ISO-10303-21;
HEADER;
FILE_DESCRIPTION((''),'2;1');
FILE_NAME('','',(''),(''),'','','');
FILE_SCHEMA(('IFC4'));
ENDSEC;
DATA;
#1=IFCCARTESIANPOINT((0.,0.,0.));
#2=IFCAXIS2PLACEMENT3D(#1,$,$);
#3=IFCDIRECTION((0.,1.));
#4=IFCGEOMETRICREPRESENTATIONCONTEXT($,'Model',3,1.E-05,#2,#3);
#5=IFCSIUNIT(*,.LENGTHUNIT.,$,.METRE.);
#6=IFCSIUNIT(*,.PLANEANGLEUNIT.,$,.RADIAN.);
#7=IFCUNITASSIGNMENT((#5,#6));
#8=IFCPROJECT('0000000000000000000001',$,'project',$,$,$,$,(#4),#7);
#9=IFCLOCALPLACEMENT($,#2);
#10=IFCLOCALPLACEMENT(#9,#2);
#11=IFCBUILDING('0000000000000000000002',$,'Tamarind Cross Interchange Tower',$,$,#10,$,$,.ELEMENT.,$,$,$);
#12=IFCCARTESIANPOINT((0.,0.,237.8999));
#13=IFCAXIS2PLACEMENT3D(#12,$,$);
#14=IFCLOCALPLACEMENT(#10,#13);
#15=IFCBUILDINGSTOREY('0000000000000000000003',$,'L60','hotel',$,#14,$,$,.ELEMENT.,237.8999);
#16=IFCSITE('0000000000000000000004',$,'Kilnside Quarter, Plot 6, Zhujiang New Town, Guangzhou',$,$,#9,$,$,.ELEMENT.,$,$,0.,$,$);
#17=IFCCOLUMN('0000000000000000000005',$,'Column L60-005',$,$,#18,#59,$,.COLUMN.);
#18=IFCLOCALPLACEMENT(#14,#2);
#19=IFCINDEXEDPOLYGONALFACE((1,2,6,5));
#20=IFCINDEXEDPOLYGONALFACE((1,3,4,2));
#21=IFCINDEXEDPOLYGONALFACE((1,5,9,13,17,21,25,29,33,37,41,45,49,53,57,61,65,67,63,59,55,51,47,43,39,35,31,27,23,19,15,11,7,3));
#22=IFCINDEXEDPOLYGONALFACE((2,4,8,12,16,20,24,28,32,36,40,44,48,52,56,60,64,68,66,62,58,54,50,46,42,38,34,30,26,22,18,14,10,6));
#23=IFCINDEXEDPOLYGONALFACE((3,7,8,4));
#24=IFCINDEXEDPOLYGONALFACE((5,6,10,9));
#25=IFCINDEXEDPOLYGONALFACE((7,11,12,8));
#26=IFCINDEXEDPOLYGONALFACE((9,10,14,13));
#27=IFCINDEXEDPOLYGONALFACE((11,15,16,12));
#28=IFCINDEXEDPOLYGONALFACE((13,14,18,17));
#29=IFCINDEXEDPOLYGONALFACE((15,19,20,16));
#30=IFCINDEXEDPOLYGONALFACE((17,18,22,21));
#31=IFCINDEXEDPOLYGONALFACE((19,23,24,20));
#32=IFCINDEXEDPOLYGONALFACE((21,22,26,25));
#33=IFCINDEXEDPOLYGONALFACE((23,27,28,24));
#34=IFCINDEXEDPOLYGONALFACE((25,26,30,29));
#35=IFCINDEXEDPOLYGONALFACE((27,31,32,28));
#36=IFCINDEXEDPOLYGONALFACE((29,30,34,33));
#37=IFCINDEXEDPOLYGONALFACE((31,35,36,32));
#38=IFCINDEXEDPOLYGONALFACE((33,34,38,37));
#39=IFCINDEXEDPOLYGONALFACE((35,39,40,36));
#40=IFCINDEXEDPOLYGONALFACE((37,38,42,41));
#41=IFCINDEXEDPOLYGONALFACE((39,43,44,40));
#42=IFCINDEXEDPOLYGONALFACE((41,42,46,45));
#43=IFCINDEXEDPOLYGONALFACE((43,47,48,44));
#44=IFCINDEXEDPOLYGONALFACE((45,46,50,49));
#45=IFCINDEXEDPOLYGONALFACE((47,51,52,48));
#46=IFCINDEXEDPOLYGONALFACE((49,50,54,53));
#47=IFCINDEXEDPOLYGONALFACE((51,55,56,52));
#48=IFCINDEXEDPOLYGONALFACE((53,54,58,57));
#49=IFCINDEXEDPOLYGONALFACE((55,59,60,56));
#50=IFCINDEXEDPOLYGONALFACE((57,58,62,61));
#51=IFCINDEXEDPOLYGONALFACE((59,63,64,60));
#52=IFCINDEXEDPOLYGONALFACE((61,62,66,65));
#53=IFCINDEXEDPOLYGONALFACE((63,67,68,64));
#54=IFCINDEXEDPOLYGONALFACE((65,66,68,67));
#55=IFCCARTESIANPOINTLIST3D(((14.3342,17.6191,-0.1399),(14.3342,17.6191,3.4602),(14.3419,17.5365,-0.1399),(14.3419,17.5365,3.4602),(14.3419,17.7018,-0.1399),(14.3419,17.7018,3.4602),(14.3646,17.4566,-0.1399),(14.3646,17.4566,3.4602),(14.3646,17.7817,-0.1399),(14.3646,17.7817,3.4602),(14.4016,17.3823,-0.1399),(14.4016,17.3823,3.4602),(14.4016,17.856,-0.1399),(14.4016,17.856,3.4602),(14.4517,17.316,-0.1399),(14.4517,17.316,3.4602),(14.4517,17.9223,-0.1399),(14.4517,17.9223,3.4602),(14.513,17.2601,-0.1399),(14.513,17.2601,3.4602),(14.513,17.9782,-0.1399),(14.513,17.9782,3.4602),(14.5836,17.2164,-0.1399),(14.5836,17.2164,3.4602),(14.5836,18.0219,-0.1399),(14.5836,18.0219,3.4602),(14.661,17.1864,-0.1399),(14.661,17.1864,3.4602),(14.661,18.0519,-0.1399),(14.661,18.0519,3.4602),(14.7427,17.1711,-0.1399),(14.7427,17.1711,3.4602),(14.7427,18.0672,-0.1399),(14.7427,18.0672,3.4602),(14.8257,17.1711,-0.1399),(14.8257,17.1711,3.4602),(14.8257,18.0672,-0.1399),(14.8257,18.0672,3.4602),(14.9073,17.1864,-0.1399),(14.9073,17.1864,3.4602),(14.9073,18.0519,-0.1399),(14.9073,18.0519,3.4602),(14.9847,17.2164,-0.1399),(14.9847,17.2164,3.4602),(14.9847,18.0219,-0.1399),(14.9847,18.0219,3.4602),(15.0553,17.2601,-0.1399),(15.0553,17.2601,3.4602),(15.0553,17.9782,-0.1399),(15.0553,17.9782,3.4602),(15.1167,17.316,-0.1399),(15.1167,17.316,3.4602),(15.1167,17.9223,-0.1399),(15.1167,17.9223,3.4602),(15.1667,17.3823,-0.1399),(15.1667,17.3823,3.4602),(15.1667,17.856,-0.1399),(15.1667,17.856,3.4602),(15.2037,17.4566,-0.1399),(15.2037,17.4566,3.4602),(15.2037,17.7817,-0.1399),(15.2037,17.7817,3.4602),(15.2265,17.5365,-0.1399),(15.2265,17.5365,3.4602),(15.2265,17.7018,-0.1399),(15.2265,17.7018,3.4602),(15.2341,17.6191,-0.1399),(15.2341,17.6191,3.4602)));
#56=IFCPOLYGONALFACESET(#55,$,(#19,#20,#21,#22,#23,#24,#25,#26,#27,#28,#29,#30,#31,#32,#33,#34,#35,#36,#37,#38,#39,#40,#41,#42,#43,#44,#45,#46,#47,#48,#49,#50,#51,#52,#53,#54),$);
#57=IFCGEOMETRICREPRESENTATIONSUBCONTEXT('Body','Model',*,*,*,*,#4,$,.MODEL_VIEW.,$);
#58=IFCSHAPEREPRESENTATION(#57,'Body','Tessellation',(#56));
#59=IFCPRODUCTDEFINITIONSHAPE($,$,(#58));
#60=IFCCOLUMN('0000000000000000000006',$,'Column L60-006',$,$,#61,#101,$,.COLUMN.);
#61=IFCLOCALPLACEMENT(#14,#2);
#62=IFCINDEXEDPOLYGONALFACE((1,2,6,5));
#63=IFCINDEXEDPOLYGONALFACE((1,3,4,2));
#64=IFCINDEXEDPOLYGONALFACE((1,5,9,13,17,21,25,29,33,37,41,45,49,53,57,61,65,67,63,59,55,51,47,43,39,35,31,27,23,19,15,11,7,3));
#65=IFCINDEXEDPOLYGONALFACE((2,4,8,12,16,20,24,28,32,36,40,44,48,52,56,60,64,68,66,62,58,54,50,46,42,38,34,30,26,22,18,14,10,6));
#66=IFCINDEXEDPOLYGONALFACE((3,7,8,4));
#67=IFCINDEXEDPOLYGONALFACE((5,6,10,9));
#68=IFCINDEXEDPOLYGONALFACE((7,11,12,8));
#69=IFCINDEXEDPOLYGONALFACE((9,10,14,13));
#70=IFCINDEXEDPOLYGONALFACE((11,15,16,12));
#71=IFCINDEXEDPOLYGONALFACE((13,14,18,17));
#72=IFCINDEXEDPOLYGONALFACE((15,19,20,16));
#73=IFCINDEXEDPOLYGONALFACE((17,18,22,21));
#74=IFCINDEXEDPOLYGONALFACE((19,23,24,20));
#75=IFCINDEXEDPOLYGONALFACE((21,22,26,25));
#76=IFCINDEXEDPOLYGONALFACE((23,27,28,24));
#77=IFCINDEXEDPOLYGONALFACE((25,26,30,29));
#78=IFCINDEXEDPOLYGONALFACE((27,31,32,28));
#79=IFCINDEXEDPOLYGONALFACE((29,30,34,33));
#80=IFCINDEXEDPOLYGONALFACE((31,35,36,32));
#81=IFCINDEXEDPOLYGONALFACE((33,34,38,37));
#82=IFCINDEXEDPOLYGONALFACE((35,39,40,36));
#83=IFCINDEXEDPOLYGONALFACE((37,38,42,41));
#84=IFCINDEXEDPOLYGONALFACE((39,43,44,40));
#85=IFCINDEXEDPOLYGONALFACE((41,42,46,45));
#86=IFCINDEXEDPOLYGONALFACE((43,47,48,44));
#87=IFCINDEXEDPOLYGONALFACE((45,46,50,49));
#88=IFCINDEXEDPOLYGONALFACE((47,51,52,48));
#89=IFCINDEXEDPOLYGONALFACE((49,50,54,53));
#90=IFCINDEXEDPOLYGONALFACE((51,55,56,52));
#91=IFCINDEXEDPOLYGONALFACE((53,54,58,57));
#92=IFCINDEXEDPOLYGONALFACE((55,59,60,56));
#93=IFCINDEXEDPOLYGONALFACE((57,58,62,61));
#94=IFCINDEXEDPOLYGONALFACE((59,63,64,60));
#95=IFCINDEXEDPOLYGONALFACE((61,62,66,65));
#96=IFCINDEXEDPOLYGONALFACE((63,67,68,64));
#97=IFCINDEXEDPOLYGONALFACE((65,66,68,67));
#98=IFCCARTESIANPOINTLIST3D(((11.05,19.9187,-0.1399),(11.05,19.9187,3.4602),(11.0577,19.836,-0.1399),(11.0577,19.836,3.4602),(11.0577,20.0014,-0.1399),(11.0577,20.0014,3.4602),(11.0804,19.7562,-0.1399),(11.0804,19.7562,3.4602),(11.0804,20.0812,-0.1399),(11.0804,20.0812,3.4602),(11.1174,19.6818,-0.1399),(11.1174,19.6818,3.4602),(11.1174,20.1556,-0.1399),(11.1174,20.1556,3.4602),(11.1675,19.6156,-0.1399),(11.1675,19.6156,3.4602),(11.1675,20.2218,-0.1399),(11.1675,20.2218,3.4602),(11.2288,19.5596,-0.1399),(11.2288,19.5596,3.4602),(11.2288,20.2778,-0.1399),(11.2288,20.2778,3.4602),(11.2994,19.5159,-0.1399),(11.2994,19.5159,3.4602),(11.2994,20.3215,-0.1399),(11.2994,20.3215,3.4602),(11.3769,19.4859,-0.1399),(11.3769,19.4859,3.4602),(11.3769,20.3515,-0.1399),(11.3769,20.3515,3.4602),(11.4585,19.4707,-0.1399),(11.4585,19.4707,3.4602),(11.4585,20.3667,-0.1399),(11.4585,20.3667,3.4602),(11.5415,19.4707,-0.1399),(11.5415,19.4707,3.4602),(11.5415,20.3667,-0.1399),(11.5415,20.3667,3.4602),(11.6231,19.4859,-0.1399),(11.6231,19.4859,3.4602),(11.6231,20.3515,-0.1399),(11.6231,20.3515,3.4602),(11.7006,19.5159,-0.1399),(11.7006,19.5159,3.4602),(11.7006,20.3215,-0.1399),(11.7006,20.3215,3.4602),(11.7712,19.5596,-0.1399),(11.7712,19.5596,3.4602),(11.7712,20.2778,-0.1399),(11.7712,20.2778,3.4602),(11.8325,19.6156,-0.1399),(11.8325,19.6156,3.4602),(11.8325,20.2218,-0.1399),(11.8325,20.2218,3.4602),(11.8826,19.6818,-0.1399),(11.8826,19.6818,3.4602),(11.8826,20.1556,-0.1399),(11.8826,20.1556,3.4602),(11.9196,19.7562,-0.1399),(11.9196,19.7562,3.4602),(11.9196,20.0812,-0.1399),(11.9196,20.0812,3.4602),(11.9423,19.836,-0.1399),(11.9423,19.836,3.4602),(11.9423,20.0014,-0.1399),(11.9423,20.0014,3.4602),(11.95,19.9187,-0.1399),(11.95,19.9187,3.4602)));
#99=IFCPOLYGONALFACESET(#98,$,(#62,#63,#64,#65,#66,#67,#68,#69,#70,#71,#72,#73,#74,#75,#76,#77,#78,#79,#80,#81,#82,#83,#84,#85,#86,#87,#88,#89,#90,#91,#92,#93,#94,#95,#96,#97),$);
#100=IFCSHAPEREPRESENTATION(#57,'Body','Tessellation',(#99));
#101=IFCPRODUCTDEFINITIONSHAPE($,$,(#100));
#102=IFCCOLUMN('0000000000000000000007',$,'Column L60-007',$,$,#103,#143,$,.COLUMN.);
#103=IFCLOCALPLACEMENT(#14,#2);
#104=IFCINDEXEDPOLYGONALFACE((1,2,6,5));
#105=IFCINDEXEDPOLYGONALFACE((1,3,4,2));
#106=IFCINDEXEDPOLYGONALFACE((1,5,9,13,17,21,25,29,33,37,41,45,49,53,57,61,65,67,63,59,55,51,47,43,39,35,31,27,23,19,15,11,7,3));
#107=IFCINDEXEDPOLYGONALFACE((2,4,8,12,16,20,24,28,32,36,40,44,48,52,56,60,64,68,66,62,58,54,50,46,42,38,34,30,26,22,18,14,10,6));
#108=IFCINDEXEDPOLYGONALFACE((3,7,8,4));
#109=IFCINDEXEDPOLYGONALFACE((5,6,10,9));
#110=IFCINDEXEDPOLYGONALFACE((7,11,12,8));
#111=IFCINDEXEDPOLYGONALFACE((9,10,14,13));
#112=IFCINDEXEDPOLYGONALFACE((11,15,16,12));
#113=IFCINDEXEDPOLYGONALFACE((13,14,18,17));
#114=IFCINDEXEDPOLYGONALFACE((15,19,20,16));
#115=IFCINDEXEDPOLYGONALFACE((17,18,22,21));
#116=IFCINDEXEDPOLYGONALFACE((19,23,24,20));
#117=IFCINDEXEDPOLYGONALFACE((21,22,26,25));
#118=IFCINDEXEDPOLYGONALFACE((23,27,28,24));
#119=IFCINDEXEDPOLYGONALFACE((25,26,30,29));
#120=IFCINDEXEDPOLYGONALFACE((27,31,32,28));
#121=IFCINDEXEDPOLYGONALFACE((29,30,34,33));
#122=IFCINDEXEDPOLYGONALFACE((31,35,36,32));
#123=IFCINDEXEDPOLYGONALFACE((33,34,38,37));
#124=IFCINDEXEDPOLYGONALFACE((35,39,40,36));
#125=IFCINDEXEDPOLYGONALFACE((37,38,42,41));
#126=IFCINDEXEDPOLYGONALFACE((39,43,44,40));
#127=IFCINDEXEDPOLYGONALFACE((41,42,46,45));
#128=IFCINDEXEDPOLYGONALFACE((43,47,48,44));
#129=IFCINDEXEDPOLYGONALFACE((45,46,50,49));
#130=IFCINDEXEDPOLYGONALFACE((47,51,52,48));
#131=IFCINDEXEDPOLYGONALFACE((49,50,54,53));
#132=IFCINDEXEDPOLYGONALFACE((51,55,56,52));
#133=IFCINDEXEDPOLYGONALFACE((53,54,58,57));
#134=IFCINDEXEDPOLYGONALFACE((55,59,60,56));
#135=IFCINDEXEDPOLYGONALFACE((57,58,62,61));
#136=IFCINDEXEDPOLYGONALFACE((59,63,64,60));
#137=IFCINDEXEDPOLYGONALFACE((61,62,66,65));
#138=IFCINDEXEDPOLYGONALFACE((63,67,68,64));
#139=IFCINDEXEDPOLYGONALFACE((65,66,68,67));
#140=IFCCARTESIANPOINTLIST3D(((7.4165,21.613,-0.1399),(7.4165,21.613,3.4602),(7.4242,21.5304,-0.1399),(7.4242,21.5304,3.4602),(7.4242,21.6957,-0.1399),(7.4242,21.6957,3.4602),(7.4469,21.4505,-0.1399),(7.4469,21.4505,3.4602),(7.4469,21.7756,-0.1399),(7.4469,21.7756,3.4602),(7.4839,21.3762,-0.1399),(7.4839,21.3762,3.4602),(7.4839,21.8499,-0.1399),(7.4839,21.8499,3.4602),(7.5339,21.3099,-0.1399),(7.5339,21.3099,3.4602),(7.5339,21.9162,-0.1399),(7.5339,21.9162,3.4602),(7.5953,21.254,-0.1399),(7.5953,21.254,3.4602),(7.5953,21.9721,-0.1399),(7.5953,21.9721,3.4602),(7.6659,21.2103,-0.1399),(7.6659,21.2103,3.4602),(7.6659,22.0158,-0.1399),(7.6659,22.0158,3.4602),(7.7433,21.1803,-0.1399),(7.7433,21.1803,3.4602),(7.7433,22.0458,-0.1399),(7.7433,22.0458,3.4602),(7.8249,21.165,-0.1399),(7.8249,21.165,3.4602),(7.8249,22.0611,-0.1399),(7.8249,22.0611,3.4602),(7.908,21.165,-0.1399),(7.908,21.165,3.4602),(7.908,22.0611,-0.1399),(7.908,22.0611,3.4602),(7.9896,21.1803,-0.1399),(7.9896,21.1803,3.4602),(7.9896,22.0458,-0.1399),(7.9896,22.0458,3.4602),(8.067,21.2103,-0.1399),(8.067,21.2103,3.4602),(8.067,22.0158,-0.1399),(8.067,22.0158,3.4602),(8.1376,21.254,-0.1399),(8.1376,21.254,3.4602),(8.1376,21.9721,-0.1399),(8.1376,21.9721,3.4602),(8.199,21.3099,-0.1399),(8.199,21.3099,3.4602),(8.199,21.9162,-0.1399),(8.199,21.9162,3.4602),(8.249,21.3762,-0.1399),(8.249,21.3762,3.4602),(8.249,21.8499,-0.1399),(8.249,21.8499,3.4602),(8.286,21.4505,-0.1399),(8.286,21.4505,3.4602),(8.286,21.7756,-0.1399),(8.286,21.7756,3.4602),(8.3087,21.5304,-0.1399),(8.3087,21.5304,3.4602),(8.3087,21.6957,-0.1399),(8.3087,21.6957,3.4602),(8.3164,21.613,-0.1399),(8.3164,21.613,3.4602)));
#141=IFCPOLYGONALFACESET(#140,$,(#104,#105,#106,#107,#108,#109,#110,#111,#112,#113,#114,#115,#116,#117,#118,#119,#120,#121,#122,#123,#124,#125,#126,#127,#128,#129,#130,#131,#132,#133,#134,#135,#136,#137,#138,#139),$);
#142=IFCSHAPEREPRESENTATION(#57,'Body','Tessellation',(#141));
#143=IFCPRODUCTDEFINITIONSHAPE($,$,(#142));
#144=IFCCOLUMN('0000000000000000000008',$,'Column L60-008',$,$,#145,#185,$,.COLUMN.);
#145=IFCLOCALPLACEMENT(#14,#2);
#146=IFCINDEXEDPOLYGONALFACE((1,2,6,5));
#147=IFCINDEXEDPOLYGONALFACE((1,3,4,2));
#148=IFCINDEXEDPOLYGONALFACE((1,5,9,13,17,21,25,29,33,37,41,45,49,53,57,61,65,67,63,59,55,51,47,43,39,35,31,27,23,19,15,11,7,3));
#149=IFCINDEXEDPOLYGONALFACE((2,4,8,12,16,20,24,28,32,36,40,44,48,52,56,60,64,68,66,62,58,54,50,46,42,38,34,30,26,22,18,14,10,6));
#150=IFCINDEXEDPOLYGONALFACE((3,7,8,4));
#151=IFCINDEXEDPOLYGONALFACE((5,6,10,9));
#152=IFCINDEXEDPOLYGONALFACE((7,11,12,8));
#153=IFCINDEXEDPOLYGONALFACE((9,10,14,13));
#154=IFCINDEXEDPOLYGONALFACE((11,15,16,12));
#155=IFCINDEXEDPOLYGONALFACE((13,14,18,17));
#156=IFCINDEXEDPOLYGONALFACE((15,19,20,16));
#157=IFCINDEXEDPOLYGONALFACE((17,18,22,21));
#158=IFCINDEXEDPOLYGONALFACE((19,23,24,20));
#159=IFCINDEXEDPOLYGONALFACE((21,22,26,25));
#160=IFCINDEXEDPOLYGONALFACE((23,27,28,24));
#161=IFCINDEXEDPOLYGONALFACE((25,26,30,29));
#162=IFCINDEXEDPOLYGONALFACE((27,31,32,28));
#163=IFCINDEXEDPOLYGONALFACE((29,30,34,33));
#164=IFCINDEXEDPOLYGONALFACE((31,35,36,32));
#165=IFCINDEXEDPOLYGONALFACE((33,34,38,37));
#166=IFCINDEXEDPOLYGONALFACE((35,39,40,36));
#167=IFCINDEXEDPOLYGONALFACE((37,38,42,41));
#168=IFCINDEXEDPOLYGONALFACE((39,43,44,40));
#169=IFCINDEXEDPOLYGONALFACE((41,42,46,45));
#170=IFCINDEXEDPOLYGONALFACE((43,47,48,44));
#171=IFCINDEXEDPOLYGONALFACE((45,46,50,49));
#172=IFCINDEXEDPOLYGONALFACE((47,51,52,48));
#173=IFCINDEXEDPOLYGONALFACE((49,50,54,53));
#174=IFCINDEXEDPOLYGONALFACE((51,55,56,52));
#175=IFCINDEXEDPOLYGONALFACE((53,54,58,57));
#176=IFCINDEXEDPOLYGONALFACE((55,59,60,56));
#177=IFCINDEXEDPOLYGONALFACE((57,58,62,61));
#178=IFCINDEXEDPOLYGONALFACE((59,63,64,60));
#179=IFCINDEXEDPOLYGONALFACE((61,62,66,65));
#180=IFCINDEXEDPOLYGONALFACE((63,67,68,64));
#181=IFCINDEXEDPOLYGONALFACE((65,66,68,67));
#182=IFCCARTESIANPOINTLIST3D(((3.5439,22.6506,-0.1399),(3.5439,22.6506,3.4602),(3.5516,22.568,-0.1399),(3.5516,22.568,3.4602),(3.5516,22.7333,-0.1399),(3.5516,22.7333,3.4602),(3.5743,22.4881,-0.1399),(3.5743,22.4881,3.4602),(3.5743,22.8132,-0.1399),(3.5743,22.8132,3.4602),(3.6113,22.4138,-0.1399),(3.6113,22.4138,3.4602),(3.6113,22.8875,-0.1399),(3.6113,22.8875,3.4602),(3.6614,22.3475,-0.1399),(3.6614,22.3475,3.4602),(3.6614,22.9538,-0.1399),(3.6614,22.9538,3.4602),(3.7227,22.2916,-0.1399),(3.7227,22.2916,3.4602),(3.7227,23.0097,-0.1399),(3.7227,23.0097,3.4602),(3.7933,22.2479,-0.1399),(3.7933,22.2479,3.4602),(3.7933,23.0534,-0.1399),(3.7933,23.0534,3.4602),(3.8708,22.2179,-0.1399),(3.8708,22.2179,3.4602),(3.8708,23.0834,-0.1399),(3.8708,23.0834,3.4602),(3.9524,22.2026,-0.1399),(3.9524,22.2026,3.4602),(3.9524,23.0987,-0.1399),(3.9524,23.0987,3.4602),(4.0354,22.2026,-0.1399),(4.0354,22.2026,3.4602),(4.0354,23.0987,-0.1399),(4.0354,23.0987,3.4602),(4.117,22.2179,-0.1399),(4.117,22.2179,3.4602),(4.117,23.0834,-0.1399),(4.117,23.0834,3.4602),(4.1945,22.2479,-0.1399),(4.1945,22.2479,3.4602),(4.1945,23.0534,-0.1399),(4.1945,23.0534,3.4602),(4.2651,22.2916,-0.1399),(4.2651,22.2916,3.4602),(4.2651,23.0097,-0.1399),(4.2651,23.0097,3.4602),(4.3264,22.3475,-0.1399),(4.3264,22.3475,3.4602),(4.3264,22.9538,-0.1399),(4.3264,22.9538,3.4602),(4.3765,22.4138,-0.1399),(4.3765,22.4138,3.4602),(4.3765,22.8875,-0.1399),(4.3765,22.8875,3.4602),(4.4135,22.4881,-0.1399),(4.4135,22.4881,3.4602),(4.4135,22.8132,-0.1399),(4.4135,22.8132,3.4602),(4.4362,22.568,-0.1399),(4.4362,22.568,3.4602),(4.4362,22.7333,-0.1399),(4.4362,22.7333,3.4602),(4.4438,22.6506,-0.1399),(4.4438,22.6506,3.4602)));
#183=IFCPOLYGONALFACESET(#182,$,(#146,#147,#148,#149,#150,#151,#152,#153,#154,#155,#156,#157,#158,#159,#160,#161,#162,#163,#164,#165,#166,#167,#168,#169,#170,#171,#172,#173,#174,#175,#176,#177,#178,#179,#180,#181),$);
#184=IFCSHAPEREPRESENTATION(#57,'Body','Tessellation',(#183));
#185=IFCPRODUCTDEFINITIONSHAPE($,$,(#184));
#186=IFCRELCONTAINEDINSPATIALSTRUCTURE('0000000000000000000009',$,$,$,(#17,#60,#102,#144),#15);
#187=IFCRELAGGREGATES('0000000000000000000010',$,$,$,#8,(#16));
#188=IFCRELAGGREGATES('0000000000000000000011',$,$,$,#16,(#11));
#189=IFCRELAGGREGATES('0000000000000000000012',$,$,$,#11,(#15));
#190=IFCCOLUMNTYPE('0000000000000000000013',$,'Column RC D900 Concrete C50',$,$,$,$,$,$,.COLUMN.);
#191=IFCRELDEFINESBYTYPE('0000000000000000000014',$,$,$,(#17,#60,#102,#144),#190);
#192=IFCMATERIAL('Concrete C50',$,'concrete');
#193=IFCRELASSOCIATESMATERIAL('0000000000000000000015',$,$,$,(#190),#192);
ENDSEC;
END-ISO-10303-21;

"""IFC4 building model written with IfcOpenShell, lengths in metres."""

from ifc_helpers import new_model, si_unit, direction, frame, origin, origin_2d, place, context, subcontext, project, spatial, circle, extrude, material, material_profile, profile_set, type_object, element, save


model = new_model("IFC4")

# Units and contexts
model_context = context("Model", 3, precision=1e-05, world=origin(), true_north=direction((0.0, 1.0)))
body_context = subcontext(model_context, "Body", "Model", "MODEL_VIEW")
ifc_project = project(units=[si_unit("LENGTHUNIT", "METRE"), si_unit("PLANEANGLEUNIT", "RADIAN")], contexts=[model_context])

# Site, building, storey
site_placement = place(None, origin())
site = spatial("IfcSite", under=ifc_project, at=site_placement, Name="Kilnside Quarter, Plot 6, Zhujiang New Town, Guangzhou", CompositionType="ELEMENT", RefElevation=0.0)
building_placement = place(site_placement, origin())
building = spatial("IfcBuilding", under=site, at=building_placement, Name="Tamarind Cross Interchange Tower", CompositionType="ELEMENT")
storey_placement = place(building_placement, frame((0.0, 0.0, 237.8999)))
storey = spatial("IfcBuildingStorey", under=building, at=storey_placement, Name="L60", Description="hotel", CompositionType="ELEMENT", Elevation=237.8999)

# Columns
ifc_material_1 = material(Name="Concrete C50", Category="concrete")
ifc_material_profile_1 = material_profile(ifc_material_1, circle(Radius=0.45, at=origin_2d()), Name="RC D900")
ifc_profile_set_1 = profile_set([ifc_material_profile_1], Name="Concrete C50")
column_type = type_object("IfcColumnType", Name="Column RC D900 Concrete C50", PredefinedType="COLUMN", material=ifc_profile_set_1)
for number, where, z_axis, x_axis, name in (
    (1, (14.7842, 17.6191, -0.1399), (0.0, 0.0, 1.0), (1.0, 0.0, 0.0), "Column L60-005"),
    (2, (11.5, 19.9187, -0.1399), (0.0, 0.0, 1.0), (1.0, 0.0, 0.0), "Column L60-006"),
    (3, (7.8665, 21.613, -0.1399), (0.0, 0.0, 1.0), (1.0, 0.0, 0.0), "Column L60-007"),
    (4, (3.9939, 22.6506, -0.1399), (0.0, 0.0, 1.0), (1.0, 0.0, 0.0), "Column L60-008"),
):
    element("IfcColumn", number, at=place(storey_placement, frame(where, z_axis=z_axis, x_axis=x_axis)), inside=storey, type_object=column_type, Name=name, PredefinedType="COLUMN", context=body_context, shape_type="SweptSolid", body=[
        extrude(circle(Radius=0.45, at=origin_2d()), origin(), (0.0, 0.0, 1.0), 3.6001),
    ])

save(model, "model.ifc")
